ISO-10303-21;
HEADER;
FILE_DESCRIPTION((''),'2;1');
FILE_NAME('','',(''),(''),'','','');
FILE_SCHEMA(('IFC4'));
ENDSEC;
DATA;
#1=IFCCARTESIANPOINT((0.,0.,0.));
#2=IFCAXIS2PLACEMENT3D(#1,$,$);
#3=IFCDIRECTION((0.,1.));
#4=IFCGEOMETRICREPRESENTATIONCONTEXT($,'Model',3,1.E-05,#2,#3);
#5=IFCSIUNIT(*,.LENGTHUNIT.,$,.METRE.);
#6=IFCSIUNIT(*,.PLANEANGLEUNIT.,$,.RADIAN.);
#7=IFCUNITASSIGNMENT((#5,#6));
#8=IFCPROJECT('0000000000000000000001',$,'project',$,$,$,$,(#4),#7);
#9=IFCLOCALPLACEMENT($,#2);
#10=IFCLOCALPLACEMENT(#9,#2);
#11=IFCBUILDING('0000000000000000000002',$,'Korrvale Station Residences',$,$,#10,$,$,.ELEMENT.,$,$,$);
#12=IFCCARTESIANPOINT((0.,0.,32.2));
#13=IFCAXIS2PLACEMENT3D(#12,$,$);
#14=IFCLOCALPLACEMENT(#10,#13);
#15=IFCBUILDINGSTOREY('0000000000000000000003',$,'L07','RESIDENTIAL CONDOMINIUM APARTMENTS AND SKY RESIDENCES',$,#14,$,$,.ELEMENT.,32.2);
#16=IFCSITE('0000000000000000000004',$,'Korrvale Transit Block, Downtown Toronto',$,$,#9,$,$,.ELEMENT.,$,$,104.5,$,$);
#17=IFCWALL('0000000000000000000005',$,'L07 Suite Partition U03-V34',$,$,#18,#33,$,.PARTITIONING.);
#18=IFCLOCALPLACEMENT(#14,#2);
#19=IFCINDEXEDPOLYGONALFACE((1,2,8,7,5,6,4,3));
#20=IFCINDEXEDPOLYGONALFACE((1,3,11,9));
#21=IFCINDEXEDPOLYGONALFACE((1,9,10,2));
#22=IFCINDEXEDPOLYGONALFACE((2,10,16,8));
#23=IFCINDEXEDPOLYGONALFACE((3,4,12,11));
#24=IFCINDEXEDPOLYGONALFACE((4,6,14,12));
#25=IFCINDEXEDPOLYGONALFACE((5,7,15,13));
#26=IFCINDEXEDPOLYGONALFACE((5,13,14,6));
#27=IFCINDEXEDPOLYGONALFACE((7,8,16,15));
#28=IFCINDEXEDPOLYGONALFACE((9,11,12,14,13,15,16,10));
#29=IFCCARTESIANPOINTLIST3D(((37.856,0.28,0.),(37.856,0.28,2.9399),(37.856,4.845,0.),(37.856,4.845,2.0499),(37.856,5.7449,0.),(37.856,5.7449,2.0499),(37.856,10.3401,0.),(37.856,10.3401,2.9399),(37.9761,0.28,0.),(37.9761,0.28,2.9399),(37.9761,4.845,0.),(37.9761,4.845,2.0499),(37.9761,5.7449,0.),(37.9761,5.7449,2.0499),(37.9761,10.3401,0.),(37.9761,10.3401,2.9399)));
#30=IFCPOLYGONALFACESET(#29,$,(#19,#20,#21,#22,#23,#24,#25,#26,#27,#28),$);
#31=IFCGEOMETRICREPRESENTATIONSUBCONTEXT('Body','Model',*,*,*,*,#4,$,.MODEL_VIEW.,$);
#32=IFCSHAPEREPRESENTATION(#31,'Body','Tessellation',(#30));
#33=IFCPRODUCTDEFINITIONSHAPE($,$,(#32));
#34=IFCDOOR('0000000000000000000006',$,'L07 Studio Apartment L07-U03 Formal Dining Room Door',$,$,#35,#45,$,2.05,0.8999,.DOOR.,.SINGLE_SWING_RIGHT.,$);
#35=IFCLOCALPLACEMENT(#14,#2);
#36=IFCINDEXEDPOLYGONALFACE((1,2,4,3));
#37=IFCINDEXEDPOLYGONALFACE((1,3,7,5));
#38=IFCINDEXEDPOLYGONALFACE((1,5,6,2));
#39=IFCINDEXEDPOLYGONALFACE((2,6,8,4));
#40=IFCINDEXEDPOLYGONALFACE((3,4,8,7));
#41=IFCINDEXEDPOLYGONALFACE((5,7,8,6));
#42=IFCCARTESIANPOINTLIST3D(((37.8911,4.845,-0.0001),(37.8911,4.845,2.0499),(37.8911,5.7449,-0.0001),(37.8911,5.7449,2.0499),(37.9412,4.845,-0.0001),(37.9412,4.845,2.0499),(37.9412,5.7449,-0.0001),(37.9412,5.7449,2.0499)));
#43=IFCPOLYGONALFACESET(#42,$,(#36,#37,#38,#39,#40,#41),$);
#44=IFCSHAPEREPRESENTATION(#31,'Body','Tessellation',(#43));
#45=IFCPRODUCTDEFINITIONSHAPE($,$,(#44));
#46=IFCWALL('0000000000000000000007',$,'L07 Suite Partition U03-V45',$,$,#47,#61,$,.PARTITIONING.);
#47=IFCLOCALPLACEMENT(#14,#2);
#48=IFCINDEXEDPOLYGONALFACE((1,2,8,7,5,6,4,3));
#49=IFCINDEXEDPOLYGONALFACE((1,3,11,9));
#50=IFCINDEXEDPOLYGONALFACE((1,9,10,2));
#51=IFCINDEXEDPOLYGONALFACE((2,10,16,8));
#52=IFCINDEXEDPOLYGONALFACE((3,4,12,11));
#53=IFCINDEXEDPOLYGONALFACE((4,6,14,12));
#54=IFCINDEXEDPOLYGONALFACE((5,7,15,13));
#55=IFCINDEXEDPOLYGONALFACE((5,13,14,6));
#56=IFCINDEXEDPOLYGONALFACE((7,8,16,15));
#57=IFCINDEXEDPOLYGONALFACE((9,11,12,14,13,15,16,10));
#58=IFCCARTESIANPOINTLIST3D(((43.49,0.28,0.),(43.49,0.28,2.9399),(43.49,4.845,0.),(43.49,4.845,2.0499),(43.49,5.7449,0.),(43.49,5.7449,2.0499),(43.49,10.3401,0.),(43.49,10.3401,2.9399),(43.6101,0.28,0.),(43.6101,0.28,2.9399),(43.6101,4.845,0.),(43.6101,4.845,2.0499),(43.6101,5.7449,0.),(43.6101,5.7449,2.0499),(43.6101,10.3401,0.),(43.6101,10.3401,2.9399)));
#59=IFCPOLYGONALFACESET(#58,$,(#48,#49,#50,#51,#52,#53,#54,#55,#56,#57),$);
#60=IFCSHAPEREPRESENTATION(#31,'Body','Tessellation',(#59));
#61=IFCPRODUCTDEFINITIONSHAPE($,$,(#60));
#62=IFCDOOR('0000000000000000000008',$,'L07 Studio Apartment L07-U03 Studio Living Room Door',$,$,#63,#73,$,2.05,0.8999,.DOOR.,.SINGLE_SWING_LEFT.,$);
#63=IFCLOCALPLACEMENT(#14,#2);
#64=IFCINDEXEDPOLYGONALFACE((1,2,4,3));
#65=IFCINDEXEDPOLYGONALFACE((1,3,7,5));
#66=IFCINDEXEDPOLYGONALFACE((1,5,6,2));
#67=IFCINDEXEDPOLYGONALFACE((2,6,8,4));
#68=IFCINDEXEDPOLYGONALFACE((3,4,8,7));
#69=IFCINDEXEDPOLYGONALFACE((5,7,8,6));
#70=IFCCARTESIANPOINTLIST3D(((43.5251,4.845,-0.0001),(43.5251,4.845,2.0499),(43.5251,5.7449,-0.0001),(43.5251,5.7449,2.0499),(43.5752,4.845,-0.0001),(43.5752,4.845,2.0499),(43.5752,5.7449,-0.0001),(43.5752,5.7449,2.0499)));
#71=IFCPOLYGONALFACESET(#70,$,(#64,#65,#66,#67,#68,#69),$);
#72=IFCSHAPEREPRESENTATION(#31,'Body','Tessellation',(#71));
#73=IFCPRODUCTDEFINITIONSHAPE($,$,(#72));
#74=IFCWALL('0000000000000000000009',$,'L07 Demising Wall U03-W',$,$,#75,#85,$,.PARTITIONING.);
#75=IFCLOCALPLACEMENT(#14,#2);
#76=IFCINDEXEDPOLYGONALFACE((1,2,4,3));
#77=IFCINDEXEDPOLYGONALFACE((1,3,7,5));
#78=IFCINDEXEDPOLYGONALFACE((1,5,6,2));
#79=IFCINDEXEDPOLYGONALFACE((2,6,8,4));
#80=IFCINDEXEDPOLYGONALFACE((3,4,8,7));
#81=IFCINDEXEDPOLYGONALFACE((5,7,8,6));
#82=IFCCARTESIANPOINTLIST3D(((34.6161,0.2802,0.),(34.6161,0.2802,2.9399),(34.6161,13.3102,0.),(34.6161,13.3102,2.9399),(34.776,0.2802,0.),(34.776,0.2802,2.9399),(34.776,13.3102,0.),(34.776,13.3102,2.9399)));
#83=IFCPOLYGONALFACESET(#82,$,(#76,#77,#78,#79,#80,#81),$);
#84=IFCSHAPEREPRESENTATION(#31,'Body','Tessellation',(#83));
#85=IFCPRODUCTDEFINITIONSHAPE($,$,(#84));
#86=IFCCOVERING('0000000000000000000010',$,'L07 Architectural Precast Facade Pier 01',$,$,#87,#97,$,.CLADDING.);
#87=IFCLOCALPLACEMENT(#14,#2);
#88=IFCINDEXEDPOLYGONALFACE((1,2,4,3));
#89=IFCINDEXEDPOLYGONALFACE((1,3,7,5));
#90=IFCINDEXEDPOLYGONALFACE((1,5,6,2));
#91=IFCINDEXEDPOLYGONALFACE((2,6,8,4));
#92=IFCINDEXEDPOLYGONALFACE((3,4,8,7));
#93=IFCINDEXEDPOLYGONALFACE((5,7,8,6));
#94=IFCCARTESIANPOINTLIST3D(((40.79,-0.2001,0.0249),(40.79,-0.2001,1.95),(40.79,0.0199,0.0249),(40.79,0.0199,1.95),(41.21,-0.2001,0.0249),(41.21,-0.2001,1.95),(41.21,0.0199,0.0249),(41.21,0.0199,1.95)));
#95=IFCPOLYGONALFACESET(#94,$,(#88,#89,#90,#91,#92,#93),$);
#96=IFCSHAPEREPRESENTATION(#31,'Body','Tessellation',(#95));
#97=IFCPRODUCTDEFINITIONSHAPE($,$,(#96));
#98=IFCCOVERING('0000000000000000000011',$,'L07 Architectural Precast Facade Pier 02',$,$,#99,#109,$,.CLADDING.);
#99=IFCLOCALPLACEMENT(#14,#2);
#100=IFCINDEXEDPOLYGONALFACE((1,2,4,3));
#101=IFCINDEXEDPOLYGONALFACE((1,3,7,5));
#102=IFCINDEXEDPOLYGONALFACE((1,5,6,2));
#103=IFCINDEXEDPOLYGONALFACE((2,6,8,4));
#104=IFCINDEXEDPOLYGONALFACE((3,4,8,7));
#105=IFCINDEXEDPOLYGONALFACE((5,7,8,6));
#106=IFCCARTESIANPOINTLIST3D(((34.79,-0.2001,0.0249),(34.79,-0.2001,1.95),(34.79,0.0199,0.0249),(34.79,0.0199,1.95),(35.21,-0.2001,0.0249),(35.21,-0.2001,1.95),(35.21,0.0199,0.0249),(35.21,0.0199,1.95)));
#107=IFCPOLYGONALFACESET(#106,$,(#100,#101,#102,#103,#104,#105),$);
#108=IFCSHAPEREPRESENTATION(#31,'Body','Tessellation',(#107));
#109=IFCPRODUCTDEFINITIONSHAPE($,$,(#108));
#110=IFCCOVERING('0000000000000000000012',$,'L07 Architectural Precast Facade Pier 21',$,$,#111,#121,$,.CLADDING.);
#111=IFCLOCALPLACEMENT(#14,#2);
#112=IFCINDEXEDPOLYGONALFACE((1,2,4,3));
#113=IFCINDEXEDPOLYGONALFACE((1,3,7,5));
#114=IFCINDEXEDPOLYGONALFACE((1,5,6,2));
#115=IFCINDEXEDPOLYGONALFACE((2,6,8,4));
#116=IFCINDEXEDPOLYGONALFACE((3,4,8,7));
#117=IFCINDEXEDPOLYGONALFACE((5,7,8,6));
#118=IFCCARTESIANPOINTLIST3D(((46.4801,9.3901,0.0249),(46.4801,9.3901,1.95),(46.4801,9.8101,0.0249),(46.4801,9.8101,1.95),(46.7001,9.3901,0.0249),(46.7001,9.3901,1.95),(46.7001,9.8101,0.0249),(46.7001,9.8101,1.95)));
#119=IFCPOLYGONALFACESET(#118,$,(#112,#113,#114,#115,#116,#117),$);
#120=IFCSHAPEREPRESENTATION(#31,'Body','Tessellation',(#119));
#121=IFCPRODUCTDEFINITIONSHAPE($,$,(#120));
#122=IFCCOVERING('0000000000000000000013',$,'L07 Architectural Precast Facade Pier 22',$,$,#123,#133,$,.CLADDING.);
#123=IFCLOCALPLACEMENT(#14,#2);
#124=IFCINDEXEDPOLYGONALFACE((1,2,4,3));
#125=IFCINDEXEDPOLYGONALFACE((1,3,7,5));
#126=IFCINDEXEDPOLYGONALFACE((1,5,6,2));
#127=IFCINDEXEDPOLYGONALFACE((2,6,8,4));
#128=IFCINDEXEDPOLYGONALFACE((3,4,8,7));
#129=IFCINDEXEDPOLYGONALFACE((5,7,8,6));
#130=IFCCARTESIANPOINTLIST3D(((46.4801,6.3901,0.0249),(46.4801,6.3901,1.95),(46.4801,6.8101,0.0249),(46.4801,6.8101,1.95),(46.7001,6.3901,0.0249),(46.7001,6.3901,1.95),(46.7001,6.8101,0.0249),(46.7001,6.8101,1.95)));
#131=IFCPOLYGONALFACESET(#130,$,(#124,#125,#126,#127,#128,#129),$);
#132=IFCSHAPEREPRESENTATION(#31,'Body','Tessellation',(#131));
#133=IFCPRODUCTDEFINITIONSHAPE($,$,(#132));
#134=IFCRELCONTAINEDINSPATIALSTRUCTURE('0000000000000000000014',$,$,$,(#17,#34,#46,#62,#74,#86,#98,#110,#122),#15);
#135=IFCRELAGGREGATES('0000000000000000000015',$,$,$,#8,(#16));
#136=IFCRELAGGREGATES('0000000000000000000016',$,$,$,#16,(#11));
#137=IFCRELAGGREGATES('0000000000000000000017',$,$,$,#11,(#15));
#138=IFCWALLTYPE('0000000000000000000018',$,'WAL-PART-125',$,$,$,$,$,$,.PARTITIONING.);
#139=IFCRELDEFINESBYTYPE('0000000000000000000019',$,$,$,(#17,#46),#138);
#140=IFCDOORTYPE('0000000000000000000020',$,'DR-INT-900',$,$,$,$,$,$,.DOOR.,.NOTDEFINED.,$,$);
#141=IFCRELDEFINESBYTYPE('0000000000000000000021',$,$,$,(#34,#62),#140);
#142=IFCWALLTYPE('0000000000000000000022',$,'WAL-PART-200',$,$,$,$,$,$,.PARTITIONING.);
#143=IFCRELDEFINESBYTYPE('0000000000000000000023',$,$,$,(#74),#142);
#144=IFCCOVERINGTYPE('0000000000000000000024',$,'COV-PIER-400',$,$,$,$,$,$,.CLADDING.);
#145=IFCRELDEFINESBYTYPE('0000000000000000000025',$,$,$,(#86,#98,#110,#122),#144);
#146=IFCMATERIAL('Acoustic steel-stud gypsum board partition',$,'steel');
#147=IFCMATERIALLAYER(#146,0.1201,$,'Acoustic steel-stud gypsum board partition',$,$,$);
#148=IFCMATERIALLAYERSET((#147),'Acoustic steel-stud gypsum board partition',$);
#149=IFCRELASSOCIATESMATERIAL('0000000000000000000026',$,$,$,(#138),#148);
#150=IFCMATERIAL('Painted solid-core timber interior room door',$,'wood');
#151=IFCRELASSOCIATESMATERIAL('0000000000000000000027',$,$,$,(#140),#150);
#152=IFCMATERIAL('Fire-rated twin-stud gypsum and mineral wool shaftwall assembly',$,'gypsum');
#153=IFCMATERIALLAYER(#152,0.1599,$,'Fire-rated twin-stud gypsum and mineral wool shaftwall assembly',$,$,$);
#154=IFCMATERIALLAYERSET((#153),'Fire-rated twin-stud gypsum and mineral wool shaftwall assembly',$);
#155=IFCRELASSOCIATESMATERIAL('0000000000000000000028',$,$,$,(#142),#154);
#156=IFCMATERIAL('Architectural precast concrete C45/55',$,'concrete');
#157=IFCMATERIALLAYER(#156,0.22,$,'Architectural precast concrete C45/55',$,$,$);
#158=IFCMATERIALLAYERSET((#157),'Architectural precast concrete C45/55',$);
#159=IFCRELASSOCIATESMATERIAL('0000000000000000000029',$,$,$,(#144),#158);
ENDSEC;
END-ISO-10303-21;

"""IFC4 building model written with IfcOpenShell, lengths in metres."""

from ifc_helpers import new_model, si_unit, direction, frame, frame_2d, origin, origin_2d, place, context, subcontext, project, spatial, rectangle, extrude, material, layer, layer_set, type_object, element, fill, save


model = new_model("IFC4")

# Units and contexts
model_context = context("Model", 3, precision=1e-05, world=origin(), true_north=direction((0.0, 1.0)))
body_context = subcontext(model_context, "Body", "Model", "MODEL_VIEW")
ifc_project = project(units=[si_unit("LENGTHUNIT", "METRE"), si_unit("PLANEANGLEUNIT", "RADIAN")], contexts=[model_context])

# Site, building, storey
site_placement = place(None, origin())
site = spatial("IfcSite", under=ifc_project, at=site_placement, Name="Korrvale Transit Block, Downtown Toronto", CompositionType="ELEMENT", RefElevation=104.5)
building_placement = place(site_placement, origin())
building = spatial("IfcBuilding", under=site, at=building_placement, Name="Korrvale Station Residences", CompositionType="ELEMENT")
storey_placement = place(building_placement, frame((0.0, 0.0, 32.2)))
storey = spatial("IfcBuildingStorey", under=building, at=storey_placement, Name="L07", Description="RESIDENTIAL CONDOMINIUM APARTMENTS AND SKY RESIDENCES", CompositionType="ELEMENT", Elevation=32.2)

# Walls, openings, doors
ifc_material_1 = material(Name="Acoustic steel-stud gypsum board partition", Category="steel")
ifc_layer_1 = layer(ifc_material_1, 0.1201, Name="Acoustic steel-stud gypsum board partition")
ifc_layer_set_1 = layer_set([ifc_layer_1], Name="Acoustic steel-stud gypsum board partition")
wall_type_1 = type_object("IfcWallType", Name="WAL-PART-125", PredefinedType="PARTITIONING", material=ifc_layer_set_1)
wall_1_placement = place(storey_placement, frame((37.916, 0.28, 0.0), z_axis=(0.0, 0.0, 1.0), x_axis=(0.0, 1.0, 0.0)))
wall_1 = element("IfcWall", 1, at=wall_1_placement, inside=storey, type_object=wall_type_1, Name="L07 Suite Partition U03-V34", PredefinedType="PARTITIONING", context=body_context, shape_type="SweptSolid", body=[
    extrude(rectangle(XDim=10.0601, YDim=0.1201, at=frame_2d((5.03, 0.0))), origin(), (0.0, 0.0, 1.0), 2.9399),
])
opening_1_placement = place(wall_1_placement, frame((4.5649, 0.0, 0.0)))
opening_1 = element("IfcOpeningElement", 2, at=opening_1_placement, cuts=wall_1, PredefinedType="OPENING", context=body_context, shape_type="SweptSolid", body=[
    extrude(rectangle(XDim=0.8999, YDim=2.05, at=frame_2d((0.45, 1.0249))), frame((0.0, 0.0701, 0.0), z_axis=(0.0, -1.0, 0.0), x_axis=(1.0, 0.0, 0.0)), (0.0, 0.0, 1.0), 0.1401),
])
ifc_material_2 = material(Name="Painted solid-core timber interior room door", Category="wood")
door_type = type_object("IfcDoorType", Name="DR-INT-900", OperationType="NOTDEFINED", PredefinedType="DOOR", material=ifc_material_2)
door_1_placement = place(opening_1_placement, origin())
door_1 = element("IfcDoor", 3, at=door_1_placement, inside=storey, type_object=door_type, Name="L07 Studio Apartment L07-U03 Formal Dining Room Door", OperationType="SINGLE_SWING_RIGHT", OverallHeight=2.05, OverallWidth=0.8999, PredefinedType="DOOR", context=body_context, shape_type="SweptSolid", body=[
    extrude(rectangle(XDim=0.8999, YDim=2.05, at=frame_2d((0.45, 1.0249))), frame((0.0, 0.0249, 0.0), z_axis=(0.0, -1.0, 0.0), x_axis=(1.0, 0.0, 0.0)), (0.0, 0.0, 1.0), 0.05),
])
fill(opening_1, door_1)
wall_2_placement = place(storey_placement, frame((43.55, 0.28, 0.0), z_axis=(0.0, 0.0, 1.0), x_axis=(0.0, 1.0, 0.0)))
wall_2 = element("IfcWall", 4, at=wall_2_placement, inside=storey, type_object=wall_type_1, Name="L07 Suite Partition U03-V45", PredefinedType="PARTITIONING", context=body_context, shape_type="SweptSolid", body=[
    extrude(rectangle(XDim=10.0601, YDim=0.1201, at=frame_2d((5.03, 0.0))), origin(), (0.0, 0.0, 1.0), 2.9399),
])
opening_2_placement = place(wall_2_placement, frame((4.5649, 0.0, 0.0)))
opening_2 = element("IfcOpeningElement", 5, at=opening_2_placement, cuts=wall_2, PredefinedType="OPENING", context=body_context, shape_type="SweptSolid", body=[
    extrude(rectangle(XDim=0.8999, YDim=2.05, at=frame_2d((0.45, 1.0249))), frame((0.0, 0.0701, 0.0), z_axis=(0.0, -1.0, 0.0), x_axis=(1.0, 0.0, 0.0)), (0.0, 0.0, 1.0), 0.1401),
])
door_2_placement = place(opening_2_placement, origin())
door_2 = element("IfcDoor", 6, at=door_2_placement, inside=storey, type_object=door_type, Name="L07 Studio Apartment L07-U03 Studio Living Room Door", OperationType="SINGLE_SWING_LEFT", OverallHeight=2.05, OverallWidth=0.8999, PredefinedType="DOOR", context=body_context, shape_type="SweptSolid", body=[
    extrude(rectangle(XDim=0.8999, YDim=2.05, at=frame_2d((0.45, 1.0249))), frame((0.0, 0.0249, 0.0), z_axis=(0.0, -1.0, 0.0), x_axis=(1.0, 0.0, 0.0)), (0.0, 0.0, 1.0), 0.05),
])
fill(opening_2, door_2)

# Wall
ifc_material_3 = material(Name="Fire-rated twin-stud gypsum and mineral wool shaftwall assembly", Category="gypsum")
ifc_layer_2 = layer(ifc_material_3, 0.1599, Name="Fire-rated twin-stud gypsum and mineral wool shaftwall assembly")
ifc_layer_set_2 = layer_set([ifc_layer_2], Name="Fire-rated twin-stud gypsum and mineral wool shaftwall assembly")
wall_type_2 = type_object("IfcWallType", Name="WAL-PART-200", PredefinedType="PARTITIONING", material=ifc_layer_set_2)
wall_3_placement = place(storey_placement, frame((34.696, 0.28, 0.0), z_axis=(0.0, 0.0, 1.0), x_axis=(0.0, 1.0, 0.0)))
element("IfcWall", 7, at=wall_3_placement, inside=storey, type_object=wall_type_2, Name="L07 Demising Wall U03-W", PredefinedType="PARTITIONING", context=body_context, shape_type="SweptSolid", body=[
    extrude(rectangle(XDim=13.03, YDim=0.1599, at=frame_2d((6.5151, 0.0))), origin(), (0.0, 0.0, 1.0), 2.9399),
])

# Coverings
ifc_material_4 = material(Name="Architectural precast concrete C45/55", Category="concrete")
ifc_layer_3 = layer(ifc_material_4, 0.22, Name="Architectural precast concrete C45/55")
ifc_layer_set_3 = layer_set([ifc_layer_3], Name="Architectural precast concrete C45/55")
covering_type = type_object("IfcCoveringType", Name="COV-PIER-400", PredefinedType="CLADDING", material=ifc_layer_set_3)
for number, where, z_axis, x_axis, name in (
    (8, (41.0, -0.0901, 0.0249), (0.0, 0.0, 1.0), (1.0, 0.0, 0.0), "L07 Architectural Precast Facade Pier 01"),
    (9, (35.0, -0.0901, 0.0249), (0.0, 0.0, 1.0), (1.0, 0.0, 0.0), "L07 Architectural Precast Facade Pier 02"),
    (10, (46.5901, 9.6001, 0.0249), (0.0, 0.0, 1.0), (0.0, 1.0, 0.0), "L07 Architectural Precast Facade Pier 21"),
    (11, (46.5901, 6.6001, 0.0249), (0.0, 0.0, 1.0), (0.0, 1.0, 0.0), "L07 Architectural Precast Facade Pier 22"),
):
    element("IfcCovering", number, at=place(storey_placement, frame(where, z_axis=z_axis, x_axis=x_axis)), inside=storey, type_object=covering_type, Name=name, PredefinedType="CLADDING", context=body_context, shape_type="SweptSolid", body=[
        extrude(rectangle(XDim=0.4199, YDim=0.22, at=origin_2d()), origin(), (0.0, 0.0, 1.0), 1.925),
    ])

save(model, "model.ifc")
